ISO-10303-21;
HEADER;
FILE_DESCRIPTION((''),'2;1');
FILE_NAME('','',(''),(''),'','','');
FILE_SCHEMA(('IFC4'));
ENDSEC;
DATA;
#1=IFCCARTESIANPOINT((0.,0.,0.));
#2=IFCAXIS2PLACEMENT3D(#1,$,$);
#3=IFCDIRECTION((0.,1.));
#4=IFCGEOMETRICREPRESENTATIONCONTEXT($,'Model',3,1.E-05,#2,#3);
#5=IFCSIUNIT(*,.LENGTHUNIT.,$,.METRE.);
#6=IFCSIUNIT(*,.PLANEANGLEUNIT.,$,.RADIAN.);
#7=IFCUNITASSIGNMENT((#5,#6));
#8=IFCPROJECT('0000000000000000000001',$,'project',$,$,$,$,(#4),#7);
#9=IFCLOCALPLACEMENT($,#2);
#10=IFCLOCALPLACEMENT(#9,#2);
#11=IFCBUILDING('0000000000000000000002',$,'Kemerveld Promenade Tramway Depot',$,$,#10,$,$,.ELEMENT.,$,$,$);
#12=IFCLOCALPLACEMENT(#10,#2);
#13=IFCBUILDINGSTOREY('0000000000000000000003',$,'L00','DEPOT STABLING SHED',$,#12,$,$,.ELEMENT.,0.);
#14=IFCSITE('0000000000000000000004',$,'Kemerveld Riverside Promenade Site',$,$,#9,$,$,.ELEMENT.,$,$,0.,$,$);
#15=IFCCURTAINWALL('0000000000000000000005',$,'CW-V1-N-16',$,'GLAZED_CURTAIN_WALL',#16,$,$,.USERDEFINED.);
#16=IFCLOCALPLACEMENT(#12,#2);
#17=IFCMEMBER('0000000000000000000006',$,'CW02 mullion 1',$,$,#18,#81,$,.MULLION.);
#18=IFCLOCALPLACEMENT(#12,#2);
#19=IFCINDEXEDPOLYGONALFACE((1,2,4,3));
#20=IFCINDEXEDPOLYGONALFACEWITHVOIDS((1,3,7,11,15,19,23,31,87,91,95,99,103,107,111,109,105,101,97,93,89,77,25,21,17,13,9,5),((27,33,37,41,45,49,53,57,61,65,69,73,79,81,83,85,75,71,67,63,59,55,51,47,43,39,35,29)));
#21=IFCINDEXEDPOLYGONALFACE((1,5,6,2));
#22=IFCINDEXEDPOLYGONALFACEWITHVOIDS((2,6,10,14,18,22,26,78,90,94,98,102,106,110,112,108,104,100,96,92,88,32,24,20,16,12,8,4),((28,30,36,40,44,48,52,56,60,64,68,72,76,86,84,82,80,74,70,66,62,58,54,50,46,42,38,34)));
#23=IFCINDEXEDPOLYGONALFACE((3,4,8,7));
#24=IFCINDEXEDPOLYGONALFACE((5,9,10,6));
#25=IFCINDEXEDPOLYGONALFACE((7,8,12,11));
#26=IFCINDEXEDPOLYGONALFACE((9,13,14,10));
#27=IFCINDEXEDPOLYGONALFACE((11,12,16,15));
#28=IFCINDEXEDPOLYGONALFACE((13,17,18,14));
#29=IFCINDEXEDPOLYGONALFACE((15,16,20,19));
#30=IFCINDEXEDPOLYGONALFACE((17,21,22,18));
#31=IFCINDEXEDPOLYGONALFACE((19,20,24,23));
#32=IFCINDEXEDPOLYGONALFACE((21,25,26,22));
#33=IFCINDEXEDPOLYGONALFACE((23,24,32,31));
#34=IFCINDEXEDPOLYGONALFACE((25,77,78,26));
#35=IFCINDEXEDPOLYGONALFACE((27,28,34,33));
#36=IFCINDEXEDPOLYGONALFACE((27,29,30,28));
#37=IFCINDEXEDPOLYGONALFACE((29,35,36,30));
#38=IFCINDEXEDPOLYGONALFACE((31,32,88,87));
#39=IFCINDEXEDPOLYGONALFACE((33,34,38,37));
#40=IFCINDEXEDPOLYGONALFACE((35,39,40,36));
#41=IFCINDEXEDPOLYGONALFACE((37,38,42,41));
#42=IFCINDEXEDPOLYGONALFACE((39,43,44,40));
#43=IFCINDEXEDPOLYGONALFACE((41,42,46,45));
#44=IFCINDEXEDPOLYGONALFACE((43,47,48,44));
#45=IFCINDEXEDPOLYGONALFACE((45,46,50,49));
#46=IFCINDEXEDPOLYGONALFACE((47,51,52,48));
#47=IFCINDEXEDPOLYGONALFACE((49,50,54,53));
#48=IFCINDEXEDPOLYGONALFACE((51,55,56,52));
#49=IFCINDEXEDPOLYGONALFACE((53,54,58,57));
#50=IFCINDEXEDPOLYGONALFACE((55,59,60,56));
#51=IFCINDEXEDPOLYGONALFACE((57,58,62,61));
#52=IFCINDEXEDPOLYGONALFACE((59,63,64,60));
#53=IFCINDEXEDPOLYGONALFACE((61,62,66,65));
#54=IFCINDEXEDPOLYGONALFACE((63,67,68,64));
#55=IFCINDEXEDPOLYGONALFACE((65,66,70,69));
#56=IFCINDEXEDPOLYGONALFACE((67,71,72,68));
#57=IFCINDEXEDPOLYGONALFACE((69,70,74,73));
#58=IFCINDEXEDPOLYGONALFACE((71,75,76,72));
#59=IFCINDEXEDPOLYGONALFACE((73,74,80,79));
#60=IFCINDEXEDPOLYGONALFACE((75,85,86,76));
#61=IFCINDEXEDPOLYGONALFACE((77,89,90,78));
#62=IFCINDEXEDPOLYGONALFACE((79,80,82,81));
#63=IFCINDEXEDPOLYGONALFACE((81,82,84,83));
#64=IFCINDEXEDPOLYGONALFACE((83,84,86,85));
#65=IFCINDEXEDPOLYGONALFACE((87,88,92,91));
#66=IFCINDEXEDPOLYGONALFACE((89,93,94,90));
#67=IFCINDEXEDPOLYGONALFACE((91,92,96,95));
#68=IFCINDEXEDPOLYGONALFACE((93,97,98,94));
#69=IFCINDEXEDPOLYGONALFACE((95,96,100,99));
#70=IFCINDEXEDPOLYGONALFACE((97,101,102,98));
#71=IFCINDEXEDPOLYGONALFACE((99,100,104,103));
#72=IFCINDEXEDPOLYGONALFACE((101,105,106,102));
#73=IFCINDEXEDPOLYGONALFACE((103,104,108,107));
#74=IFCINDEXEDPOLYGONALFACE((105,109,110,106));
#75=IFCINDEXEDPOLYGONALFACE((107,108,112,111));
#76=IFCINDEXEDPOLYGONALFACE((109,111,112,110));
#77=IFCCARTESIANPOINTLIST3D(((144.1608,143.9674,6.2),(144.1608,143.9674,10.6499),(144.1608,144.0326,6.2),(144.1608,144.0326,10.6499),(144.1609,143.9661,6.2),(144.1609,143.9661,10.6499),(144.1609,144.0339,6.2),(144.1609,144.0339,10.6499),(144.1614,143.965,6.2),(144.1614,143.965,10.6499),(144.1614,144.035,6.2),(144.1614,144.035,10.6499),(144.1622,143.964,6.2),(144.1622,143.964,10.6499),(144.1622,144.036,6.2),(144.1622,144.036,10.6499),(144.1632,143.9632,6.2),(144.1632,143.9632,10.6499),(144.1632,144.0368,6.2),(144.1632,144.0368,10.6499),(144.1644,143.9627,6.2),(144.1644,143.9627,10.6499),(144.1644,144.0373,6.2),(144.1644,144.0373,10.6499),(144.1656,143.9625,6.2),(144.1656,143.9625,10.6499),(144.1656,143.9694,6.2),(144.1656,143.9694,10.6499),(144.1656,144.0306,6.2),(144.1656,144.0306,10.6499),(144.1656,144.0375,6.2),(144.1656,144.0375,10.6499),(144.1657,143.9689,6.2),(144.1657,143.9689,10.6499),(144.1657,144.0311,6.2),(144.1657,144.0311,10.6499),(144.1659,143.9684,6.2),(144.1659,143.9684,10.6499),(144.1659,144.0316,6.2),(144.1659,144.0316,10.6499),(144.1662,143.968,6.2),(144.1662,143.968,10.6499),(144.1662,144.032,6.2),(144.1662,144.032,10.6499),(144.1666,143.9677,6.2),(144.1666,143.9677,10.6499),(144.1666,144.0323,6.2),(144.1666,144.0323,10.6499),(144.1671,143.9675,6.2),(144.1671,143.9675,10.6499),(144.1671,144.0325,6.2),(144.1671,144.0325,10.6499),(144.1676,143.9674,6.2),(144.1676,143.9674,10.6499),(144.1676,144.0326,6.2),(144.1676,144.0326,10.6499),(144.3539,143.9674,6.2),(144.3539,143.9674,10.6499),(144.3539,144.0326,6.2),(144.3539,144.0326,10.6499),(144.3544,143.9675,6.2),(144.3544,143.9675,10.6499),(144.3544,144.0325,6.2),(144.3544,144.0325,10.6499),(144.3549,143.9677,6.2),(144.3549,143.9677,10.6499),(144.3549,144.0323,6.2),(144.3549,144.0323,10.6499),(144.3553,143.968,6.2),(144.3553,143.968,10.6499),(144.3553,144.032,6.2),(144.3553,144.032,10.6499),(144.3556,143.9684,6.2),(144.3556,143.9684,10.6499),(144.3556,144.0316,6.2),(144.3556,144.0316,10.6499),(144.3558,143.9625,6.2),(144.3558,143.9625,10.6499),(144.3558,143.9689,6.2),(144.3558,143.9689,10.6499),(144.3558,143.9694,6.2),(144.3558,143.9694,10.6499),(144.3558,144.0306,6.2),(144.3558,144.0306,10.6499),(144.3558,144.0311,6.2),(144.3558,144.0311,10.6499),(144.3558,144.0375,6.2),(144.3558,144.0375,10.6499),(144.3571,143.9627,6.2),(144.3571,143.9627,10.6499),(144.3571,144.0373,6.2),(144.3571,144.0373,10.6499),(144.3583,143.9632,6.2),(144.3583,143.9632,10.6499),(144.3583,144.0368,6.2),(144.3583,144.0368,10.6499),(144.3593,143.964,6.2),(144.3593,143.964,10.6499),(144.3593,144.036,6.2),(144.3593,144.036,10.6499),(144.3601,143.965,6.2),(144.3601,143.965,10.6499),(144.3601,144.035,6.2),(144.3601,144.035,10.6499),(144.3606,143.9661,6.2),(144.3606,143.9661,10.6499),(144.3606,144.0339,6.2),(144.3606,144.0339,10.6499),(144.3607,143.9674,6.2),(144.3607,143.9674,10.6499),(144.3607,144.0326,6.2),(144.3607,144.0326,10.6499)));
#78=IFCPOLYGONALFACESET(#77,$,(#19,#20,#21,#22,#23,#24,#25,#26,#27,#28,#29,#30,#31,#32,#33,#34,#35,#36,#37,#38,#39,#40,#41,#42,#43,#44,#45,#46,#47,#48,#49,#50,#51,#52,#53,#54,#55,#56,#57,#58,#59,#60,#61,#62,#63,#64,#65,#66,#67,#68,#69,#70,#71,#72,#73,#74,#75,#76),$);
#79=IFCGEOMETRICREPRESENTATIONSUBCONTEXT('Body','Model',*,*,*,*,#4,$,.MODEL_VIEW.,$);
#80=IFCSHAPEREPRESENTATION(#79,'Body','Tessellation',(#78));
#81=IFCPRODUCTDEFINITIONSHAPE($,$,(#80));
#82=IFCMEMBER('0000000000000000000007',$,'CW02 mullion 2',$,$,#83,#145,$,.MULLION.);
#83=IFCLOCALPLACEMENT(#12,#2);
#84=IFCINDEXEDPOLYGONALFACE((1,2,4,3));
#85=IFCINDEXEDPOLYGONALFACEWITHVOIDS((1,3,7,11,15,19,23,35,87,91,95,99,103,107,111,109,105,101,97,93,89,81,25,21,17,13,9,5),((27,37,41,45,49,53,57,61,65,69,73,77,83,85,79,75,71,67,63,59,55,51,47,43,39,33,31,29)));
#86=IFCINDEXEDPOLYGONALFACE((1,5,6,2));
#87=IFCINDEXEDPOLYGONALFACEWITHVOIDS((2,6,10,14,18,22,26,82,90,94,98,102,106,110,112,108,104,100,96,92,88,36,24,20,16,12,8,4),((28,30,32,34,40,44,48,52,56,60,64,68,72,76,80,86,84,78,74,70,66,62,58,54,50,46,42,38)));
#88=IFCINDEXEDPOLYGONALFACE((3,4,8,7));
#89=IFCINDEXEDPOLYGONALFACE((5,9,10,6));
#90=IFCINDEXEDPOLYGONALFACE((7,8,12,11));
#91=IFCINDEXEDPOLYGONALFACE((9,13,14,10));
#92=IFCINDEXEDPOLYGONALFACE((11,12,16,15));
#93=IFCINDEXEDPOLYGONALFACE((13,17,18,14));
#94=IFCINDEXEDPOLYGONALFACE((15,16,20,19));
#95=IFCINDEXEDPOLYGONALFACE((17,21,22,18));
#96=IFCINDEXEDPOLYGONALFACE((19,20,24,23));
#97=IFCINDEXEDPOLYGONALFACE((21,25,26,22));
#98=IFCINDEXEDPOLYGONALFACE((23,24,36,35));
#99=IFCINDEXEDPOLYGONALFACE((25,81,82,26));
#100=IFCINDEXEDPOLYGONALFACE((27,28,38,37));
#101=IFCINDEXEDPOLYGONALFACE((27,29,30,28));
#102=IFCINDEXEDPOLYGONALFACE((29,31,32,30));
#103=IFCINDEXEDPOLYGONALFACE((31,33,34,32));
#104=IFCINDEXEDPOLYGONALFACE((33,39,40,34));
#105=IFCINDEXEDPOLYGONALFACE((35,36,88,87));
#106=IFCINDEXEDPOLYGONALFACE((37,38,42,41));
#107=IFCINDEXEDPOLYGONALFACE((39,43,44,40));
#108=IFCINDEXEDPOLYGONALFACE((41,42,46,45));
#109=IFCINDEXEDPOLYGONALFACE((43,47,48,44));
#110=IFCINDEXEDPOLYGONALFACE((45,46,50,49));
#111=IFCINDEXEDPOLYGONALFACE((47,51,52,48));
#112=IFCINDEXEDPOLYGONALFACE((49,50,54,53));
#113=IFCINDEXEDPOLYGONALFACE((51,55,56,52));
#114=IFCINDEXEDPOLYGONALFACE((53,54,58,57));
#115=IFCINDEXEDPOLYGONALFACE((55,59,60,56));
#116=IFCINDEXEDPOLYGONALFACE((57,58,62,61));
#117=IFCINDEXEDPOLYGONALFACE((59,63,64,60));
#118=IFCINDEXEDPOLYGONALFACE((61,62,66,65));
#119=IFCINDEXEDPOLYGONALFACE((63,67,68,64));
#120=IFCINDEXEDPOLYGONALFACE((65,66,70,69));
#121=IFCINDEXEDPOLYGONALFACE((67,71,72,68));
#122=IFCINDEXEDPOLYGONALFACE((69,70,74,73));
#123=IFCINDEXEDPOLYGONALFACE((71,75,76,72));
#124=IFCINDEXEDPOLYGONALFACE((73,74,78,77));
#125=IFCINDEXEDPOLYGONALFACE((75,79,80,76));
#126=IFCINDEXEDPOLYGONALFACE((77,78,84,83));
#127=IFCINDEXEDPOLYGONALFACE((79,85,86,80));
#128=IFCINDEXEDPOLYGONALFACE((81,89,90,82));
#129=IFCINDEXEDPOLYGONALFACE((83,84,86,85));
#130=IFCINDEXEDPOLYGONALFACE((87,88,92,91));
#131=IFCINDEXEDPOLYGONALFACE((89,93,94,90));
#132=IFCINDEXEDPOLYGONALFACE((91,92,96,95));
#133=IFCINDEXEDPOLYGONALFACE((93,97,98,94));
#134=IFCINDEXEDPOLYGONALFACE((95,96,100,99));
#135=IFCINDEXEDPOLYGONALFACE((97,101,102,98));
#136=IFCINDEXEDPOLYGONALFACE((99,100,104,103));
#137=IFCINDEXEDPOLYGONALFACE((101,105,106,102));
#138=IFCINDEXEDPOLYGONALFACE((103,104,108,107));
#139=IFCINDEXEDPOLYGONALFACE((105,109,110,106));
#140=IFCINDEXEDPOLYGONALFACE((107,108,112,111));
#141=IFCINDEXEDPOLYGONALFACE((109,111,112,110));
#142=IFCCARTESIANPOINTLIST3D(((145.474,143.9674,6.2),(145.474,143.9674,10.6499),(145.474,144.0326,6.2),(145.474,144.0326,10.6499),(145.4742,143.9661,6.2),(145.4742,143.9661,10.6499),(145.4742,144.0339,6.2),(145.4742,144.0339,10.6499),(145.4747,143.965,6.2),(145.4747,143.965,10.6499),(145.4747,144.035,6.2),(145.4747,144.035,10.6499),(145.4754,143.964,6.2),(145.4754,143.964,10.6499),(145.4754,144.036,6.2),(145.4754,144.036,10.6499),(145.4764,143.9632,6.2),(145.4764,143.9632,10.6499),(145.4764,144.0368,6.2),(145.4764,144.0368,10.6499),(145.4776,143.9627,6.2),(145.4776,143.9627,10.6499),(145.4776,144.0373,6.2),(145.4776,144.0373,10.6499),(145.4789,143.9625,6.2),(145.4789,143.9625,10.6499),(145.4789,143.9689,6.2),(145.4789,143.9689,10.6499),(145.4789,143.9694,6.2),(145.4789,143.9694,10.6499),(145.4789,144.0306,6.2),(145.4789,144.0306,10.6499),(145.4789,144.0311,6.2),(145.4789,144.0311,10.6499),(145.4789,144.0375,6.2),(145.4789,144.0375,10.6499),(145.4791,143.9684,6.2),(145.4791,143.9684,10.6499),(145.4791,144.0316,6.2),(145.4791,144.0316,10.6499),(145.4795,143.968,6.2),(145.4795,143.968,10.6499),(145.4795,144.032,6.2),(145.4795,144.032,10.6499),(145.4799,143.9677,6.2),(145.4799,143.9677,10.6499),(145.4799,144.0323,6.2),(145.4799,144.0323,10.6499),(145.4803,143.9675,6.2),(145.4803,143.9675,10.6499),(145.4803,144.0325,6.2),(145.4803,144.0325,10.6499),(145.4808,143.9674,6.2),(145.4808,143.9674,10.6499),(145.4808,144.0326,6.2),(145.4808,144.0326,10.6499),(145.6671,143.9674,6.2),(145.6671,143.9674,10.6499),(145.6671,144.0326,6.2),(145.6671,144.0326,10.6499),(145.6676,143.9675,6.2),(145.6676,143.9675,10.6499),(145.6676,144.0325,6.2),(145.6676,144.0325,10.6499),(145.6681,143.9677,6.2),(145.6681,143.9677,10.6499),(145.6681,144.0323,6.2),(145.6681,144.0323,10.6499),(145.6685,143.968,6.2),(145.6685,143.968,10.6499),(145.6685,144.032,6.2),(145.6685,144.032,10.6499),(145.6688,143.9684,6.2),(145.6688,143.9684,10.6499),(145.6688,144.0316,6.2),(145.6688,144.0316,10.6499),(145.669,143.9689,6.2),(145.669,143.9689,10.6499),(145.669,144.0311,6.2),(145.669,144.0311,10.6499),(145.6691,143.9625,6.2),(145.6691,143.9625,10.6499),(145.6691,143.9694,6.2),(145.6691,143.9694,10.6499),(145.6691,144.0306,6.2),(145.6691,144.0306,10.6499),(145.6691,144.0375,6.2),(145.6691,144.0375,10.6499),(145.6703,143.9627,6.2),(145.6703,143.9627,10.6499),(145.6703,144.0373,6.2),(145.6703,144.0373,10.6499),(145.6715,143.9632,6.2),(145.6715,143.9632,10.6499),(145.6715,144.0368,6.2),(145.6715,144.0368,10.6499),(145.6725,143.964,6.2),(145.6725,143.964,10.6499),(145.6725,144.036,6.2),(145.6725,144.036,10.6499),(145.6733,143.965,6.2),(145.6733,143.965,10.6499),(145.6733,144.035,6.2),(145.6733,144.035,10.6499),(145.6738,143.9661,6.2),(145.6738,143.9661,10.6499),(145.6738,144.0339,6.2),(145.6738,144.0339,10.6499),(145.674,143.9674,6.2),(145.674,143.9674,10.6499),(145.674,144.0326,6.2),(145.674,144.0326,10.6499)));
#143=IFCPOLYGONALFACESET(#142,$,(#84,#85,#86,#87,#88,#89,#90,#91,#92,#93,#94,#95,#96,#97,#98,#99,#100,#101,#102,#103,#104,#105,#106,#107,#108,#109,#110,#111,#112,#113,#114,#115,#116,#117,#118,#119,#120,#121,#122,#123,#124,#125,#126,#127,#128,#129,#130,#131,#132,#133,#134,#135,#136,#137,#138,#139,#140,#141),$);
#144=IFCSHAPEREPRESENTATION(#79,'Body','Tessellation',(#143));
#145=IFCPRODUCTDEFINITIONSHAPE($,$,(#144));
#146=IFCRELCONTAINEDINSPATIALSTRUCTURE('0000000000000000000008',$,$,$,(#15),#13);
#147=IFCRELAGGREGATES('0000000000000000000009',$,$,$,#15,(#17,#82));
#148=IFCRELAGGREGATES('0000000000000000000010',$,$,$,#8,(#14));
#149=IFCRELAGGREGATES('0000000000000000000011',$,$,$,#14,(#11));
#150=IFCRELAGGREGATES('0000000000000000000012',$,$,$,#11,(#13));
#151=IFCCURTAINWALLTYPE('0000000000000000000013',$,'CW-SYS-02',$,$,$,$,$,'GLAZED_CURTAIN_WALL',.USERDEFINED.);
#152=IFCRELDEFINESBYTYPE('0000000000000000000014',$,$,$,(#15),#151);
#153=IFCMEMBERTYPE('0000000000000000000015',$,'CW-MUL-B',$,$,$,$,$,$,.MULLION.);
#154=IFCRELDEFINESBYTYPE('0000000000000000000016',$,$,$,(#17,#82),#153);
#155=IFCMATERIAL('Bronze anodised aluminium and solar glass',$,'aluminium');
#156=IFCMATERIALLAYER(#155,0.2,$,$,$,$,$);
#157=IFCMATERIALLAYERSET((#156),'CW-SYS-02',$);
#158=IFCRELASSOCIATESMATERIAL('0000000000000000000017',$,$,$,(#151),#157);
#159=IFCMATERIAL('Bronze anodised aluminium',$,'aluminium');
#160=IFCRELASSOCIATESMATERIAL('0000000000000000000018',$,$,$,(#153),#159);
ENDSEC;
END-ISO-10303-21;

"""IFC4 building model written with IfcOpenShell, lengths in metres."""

from ifc_helpers import new_model, si_unit, direction, frame, origin, origin_2d, place, context, subcontext, project, spatial, hollow_rectangle, extrude, material, layer, layer_set, material_profile, profile_set, type_object, element, aggregate, save


model = new_model("IFC4")

# Units and contexts
model_context = context("Model", 3, precision=1e-05, world=origin(), true_north=direction((0.0, 1.0)))
body_context = subcontext(model_context, "Body", "Model", "MODEL_VIEW")
ifc_project = project(units=[si_unit("LENGTHUNIT", "METRE"), si_unit("PLANEANGLEUNIT", "RADIAN")], contexts=[model_context])

# Site, building, storey
site_placement = place(None, origin())
site = spatial("IfcSite", under=ifc_project, at=site_placement, Name="Kemerveld Riverside Promenade Site", CompositionType="ELEMENT", RefElevation=0.0)
building_placement = place(site_placement, origin())
building = spatial("IfcBuilding", under=site, at=building_placement, Name="Kemerveld Promenade Tramway Depot", CompositionType="ELEMENT")
storey_placement = place(building_placement, origin())
storey = spatial("IfcBuildingStorey", under=building, at=storey_placement, Name="L00", Description="DEPOT STABLING SHED", CompositionType="ELEMENT", Elevation=0.0)

# Curtain wall, members
ifc_material_1 = material(Name="Bronze anodised aluminium and solar glass", Category="aluminium")
ifc_layer_1 = layer(ifc_material_1, 0.2)
ifc_layer_set_1 = layer_set([ifc_layer_1], Name="CW-SYS-02")
curtain_wall_type = type_object("IfcCurtainWallType", Name="CW-SYS-02", ElementType="GLAZED_CURTAIN_WALL", PredefinedType="USERDEFINED", material=ifc_layer_set_1)
curtain_wall_placement = place(storey_placement, origin())
curtain_wall = element("IfcCurtainWall", 1, at=curtain_wall_placement, inside=storey, type_object=curtain_wall_type, Name="CW-V1-N-16", ObjectType="GLAZED_CURTAIN_WALL", PredefinedType="USERDEFINED")
ifc_material_2 = material(Name="Bronze anodised aluminium", Category="aluminium")
ifc_material_profile_1 = material_profile(ifc_material_2, hollow_rectangle(XDim=0.075, YDim=0.2, WallThickness=0.0049, InnerFilletRadius=0.002, OuterFilletRadius=0.0049, at=origin_2d()), Name="CW-MUL-200x75")
ifc_profile_set_1 = profile_set([ifc_material_profile_1], Name="Bronze anodised aluminium")
member_type_1 = type_object("IfcMemberType", Name="CW-MUL-B", PredefinedType="MULLION", material=ifc_profile_set_1)
member_1_placement = place(storey_placement, frame((144.2607, 144.0, 6.2), z_axis=(0.0, 0.0, 1.0), x_axis=(0.0, 1.0, 0.0)))
member_1 = element("IfcMember", 2, at=member_1_placement, type_object=member_type_1, Name="CW02 mullion 1", PredefinedType="MULLION", context=body_context, shape_type="SweptSolid", body=[
    extrude(hollow_rectangle(XDim=0.075, YDim=0.2, WallThickness=0.0049, InnerFilletRadius=0.002, OuterFilletRadius=0.0049, at=origin_2d()), origin(), (0.0, 0.0, 1.0), 4.45),
])
member_2_placement = place(storey_placement, frame((145.574, 144.0, 6.2), z_axis=(0.0, 0.0, 1.0), x_axis=(0.0, 1.0, 0.0)))
member_2 = element("IfcMember", 3, at=member_2_placement, type_object=member_type_1, Name="CW02 mullion 2", PredefinedType="MULLION", context=body_context, shape_type="SweptSolid", body=[
    extrude(hollow_rectangle(XDim=0.075, YDim=0.2, WallThickness=0.0049, InnerFilletRadius=0.002, OuterFilletRadius=0.0049, at=origin_2d()), origin(), (0.0, 0.0, 1.0), 4.45),
])

aggregate(curtain_wall, [member_1, member_2])

save(model, "model.ifc")
